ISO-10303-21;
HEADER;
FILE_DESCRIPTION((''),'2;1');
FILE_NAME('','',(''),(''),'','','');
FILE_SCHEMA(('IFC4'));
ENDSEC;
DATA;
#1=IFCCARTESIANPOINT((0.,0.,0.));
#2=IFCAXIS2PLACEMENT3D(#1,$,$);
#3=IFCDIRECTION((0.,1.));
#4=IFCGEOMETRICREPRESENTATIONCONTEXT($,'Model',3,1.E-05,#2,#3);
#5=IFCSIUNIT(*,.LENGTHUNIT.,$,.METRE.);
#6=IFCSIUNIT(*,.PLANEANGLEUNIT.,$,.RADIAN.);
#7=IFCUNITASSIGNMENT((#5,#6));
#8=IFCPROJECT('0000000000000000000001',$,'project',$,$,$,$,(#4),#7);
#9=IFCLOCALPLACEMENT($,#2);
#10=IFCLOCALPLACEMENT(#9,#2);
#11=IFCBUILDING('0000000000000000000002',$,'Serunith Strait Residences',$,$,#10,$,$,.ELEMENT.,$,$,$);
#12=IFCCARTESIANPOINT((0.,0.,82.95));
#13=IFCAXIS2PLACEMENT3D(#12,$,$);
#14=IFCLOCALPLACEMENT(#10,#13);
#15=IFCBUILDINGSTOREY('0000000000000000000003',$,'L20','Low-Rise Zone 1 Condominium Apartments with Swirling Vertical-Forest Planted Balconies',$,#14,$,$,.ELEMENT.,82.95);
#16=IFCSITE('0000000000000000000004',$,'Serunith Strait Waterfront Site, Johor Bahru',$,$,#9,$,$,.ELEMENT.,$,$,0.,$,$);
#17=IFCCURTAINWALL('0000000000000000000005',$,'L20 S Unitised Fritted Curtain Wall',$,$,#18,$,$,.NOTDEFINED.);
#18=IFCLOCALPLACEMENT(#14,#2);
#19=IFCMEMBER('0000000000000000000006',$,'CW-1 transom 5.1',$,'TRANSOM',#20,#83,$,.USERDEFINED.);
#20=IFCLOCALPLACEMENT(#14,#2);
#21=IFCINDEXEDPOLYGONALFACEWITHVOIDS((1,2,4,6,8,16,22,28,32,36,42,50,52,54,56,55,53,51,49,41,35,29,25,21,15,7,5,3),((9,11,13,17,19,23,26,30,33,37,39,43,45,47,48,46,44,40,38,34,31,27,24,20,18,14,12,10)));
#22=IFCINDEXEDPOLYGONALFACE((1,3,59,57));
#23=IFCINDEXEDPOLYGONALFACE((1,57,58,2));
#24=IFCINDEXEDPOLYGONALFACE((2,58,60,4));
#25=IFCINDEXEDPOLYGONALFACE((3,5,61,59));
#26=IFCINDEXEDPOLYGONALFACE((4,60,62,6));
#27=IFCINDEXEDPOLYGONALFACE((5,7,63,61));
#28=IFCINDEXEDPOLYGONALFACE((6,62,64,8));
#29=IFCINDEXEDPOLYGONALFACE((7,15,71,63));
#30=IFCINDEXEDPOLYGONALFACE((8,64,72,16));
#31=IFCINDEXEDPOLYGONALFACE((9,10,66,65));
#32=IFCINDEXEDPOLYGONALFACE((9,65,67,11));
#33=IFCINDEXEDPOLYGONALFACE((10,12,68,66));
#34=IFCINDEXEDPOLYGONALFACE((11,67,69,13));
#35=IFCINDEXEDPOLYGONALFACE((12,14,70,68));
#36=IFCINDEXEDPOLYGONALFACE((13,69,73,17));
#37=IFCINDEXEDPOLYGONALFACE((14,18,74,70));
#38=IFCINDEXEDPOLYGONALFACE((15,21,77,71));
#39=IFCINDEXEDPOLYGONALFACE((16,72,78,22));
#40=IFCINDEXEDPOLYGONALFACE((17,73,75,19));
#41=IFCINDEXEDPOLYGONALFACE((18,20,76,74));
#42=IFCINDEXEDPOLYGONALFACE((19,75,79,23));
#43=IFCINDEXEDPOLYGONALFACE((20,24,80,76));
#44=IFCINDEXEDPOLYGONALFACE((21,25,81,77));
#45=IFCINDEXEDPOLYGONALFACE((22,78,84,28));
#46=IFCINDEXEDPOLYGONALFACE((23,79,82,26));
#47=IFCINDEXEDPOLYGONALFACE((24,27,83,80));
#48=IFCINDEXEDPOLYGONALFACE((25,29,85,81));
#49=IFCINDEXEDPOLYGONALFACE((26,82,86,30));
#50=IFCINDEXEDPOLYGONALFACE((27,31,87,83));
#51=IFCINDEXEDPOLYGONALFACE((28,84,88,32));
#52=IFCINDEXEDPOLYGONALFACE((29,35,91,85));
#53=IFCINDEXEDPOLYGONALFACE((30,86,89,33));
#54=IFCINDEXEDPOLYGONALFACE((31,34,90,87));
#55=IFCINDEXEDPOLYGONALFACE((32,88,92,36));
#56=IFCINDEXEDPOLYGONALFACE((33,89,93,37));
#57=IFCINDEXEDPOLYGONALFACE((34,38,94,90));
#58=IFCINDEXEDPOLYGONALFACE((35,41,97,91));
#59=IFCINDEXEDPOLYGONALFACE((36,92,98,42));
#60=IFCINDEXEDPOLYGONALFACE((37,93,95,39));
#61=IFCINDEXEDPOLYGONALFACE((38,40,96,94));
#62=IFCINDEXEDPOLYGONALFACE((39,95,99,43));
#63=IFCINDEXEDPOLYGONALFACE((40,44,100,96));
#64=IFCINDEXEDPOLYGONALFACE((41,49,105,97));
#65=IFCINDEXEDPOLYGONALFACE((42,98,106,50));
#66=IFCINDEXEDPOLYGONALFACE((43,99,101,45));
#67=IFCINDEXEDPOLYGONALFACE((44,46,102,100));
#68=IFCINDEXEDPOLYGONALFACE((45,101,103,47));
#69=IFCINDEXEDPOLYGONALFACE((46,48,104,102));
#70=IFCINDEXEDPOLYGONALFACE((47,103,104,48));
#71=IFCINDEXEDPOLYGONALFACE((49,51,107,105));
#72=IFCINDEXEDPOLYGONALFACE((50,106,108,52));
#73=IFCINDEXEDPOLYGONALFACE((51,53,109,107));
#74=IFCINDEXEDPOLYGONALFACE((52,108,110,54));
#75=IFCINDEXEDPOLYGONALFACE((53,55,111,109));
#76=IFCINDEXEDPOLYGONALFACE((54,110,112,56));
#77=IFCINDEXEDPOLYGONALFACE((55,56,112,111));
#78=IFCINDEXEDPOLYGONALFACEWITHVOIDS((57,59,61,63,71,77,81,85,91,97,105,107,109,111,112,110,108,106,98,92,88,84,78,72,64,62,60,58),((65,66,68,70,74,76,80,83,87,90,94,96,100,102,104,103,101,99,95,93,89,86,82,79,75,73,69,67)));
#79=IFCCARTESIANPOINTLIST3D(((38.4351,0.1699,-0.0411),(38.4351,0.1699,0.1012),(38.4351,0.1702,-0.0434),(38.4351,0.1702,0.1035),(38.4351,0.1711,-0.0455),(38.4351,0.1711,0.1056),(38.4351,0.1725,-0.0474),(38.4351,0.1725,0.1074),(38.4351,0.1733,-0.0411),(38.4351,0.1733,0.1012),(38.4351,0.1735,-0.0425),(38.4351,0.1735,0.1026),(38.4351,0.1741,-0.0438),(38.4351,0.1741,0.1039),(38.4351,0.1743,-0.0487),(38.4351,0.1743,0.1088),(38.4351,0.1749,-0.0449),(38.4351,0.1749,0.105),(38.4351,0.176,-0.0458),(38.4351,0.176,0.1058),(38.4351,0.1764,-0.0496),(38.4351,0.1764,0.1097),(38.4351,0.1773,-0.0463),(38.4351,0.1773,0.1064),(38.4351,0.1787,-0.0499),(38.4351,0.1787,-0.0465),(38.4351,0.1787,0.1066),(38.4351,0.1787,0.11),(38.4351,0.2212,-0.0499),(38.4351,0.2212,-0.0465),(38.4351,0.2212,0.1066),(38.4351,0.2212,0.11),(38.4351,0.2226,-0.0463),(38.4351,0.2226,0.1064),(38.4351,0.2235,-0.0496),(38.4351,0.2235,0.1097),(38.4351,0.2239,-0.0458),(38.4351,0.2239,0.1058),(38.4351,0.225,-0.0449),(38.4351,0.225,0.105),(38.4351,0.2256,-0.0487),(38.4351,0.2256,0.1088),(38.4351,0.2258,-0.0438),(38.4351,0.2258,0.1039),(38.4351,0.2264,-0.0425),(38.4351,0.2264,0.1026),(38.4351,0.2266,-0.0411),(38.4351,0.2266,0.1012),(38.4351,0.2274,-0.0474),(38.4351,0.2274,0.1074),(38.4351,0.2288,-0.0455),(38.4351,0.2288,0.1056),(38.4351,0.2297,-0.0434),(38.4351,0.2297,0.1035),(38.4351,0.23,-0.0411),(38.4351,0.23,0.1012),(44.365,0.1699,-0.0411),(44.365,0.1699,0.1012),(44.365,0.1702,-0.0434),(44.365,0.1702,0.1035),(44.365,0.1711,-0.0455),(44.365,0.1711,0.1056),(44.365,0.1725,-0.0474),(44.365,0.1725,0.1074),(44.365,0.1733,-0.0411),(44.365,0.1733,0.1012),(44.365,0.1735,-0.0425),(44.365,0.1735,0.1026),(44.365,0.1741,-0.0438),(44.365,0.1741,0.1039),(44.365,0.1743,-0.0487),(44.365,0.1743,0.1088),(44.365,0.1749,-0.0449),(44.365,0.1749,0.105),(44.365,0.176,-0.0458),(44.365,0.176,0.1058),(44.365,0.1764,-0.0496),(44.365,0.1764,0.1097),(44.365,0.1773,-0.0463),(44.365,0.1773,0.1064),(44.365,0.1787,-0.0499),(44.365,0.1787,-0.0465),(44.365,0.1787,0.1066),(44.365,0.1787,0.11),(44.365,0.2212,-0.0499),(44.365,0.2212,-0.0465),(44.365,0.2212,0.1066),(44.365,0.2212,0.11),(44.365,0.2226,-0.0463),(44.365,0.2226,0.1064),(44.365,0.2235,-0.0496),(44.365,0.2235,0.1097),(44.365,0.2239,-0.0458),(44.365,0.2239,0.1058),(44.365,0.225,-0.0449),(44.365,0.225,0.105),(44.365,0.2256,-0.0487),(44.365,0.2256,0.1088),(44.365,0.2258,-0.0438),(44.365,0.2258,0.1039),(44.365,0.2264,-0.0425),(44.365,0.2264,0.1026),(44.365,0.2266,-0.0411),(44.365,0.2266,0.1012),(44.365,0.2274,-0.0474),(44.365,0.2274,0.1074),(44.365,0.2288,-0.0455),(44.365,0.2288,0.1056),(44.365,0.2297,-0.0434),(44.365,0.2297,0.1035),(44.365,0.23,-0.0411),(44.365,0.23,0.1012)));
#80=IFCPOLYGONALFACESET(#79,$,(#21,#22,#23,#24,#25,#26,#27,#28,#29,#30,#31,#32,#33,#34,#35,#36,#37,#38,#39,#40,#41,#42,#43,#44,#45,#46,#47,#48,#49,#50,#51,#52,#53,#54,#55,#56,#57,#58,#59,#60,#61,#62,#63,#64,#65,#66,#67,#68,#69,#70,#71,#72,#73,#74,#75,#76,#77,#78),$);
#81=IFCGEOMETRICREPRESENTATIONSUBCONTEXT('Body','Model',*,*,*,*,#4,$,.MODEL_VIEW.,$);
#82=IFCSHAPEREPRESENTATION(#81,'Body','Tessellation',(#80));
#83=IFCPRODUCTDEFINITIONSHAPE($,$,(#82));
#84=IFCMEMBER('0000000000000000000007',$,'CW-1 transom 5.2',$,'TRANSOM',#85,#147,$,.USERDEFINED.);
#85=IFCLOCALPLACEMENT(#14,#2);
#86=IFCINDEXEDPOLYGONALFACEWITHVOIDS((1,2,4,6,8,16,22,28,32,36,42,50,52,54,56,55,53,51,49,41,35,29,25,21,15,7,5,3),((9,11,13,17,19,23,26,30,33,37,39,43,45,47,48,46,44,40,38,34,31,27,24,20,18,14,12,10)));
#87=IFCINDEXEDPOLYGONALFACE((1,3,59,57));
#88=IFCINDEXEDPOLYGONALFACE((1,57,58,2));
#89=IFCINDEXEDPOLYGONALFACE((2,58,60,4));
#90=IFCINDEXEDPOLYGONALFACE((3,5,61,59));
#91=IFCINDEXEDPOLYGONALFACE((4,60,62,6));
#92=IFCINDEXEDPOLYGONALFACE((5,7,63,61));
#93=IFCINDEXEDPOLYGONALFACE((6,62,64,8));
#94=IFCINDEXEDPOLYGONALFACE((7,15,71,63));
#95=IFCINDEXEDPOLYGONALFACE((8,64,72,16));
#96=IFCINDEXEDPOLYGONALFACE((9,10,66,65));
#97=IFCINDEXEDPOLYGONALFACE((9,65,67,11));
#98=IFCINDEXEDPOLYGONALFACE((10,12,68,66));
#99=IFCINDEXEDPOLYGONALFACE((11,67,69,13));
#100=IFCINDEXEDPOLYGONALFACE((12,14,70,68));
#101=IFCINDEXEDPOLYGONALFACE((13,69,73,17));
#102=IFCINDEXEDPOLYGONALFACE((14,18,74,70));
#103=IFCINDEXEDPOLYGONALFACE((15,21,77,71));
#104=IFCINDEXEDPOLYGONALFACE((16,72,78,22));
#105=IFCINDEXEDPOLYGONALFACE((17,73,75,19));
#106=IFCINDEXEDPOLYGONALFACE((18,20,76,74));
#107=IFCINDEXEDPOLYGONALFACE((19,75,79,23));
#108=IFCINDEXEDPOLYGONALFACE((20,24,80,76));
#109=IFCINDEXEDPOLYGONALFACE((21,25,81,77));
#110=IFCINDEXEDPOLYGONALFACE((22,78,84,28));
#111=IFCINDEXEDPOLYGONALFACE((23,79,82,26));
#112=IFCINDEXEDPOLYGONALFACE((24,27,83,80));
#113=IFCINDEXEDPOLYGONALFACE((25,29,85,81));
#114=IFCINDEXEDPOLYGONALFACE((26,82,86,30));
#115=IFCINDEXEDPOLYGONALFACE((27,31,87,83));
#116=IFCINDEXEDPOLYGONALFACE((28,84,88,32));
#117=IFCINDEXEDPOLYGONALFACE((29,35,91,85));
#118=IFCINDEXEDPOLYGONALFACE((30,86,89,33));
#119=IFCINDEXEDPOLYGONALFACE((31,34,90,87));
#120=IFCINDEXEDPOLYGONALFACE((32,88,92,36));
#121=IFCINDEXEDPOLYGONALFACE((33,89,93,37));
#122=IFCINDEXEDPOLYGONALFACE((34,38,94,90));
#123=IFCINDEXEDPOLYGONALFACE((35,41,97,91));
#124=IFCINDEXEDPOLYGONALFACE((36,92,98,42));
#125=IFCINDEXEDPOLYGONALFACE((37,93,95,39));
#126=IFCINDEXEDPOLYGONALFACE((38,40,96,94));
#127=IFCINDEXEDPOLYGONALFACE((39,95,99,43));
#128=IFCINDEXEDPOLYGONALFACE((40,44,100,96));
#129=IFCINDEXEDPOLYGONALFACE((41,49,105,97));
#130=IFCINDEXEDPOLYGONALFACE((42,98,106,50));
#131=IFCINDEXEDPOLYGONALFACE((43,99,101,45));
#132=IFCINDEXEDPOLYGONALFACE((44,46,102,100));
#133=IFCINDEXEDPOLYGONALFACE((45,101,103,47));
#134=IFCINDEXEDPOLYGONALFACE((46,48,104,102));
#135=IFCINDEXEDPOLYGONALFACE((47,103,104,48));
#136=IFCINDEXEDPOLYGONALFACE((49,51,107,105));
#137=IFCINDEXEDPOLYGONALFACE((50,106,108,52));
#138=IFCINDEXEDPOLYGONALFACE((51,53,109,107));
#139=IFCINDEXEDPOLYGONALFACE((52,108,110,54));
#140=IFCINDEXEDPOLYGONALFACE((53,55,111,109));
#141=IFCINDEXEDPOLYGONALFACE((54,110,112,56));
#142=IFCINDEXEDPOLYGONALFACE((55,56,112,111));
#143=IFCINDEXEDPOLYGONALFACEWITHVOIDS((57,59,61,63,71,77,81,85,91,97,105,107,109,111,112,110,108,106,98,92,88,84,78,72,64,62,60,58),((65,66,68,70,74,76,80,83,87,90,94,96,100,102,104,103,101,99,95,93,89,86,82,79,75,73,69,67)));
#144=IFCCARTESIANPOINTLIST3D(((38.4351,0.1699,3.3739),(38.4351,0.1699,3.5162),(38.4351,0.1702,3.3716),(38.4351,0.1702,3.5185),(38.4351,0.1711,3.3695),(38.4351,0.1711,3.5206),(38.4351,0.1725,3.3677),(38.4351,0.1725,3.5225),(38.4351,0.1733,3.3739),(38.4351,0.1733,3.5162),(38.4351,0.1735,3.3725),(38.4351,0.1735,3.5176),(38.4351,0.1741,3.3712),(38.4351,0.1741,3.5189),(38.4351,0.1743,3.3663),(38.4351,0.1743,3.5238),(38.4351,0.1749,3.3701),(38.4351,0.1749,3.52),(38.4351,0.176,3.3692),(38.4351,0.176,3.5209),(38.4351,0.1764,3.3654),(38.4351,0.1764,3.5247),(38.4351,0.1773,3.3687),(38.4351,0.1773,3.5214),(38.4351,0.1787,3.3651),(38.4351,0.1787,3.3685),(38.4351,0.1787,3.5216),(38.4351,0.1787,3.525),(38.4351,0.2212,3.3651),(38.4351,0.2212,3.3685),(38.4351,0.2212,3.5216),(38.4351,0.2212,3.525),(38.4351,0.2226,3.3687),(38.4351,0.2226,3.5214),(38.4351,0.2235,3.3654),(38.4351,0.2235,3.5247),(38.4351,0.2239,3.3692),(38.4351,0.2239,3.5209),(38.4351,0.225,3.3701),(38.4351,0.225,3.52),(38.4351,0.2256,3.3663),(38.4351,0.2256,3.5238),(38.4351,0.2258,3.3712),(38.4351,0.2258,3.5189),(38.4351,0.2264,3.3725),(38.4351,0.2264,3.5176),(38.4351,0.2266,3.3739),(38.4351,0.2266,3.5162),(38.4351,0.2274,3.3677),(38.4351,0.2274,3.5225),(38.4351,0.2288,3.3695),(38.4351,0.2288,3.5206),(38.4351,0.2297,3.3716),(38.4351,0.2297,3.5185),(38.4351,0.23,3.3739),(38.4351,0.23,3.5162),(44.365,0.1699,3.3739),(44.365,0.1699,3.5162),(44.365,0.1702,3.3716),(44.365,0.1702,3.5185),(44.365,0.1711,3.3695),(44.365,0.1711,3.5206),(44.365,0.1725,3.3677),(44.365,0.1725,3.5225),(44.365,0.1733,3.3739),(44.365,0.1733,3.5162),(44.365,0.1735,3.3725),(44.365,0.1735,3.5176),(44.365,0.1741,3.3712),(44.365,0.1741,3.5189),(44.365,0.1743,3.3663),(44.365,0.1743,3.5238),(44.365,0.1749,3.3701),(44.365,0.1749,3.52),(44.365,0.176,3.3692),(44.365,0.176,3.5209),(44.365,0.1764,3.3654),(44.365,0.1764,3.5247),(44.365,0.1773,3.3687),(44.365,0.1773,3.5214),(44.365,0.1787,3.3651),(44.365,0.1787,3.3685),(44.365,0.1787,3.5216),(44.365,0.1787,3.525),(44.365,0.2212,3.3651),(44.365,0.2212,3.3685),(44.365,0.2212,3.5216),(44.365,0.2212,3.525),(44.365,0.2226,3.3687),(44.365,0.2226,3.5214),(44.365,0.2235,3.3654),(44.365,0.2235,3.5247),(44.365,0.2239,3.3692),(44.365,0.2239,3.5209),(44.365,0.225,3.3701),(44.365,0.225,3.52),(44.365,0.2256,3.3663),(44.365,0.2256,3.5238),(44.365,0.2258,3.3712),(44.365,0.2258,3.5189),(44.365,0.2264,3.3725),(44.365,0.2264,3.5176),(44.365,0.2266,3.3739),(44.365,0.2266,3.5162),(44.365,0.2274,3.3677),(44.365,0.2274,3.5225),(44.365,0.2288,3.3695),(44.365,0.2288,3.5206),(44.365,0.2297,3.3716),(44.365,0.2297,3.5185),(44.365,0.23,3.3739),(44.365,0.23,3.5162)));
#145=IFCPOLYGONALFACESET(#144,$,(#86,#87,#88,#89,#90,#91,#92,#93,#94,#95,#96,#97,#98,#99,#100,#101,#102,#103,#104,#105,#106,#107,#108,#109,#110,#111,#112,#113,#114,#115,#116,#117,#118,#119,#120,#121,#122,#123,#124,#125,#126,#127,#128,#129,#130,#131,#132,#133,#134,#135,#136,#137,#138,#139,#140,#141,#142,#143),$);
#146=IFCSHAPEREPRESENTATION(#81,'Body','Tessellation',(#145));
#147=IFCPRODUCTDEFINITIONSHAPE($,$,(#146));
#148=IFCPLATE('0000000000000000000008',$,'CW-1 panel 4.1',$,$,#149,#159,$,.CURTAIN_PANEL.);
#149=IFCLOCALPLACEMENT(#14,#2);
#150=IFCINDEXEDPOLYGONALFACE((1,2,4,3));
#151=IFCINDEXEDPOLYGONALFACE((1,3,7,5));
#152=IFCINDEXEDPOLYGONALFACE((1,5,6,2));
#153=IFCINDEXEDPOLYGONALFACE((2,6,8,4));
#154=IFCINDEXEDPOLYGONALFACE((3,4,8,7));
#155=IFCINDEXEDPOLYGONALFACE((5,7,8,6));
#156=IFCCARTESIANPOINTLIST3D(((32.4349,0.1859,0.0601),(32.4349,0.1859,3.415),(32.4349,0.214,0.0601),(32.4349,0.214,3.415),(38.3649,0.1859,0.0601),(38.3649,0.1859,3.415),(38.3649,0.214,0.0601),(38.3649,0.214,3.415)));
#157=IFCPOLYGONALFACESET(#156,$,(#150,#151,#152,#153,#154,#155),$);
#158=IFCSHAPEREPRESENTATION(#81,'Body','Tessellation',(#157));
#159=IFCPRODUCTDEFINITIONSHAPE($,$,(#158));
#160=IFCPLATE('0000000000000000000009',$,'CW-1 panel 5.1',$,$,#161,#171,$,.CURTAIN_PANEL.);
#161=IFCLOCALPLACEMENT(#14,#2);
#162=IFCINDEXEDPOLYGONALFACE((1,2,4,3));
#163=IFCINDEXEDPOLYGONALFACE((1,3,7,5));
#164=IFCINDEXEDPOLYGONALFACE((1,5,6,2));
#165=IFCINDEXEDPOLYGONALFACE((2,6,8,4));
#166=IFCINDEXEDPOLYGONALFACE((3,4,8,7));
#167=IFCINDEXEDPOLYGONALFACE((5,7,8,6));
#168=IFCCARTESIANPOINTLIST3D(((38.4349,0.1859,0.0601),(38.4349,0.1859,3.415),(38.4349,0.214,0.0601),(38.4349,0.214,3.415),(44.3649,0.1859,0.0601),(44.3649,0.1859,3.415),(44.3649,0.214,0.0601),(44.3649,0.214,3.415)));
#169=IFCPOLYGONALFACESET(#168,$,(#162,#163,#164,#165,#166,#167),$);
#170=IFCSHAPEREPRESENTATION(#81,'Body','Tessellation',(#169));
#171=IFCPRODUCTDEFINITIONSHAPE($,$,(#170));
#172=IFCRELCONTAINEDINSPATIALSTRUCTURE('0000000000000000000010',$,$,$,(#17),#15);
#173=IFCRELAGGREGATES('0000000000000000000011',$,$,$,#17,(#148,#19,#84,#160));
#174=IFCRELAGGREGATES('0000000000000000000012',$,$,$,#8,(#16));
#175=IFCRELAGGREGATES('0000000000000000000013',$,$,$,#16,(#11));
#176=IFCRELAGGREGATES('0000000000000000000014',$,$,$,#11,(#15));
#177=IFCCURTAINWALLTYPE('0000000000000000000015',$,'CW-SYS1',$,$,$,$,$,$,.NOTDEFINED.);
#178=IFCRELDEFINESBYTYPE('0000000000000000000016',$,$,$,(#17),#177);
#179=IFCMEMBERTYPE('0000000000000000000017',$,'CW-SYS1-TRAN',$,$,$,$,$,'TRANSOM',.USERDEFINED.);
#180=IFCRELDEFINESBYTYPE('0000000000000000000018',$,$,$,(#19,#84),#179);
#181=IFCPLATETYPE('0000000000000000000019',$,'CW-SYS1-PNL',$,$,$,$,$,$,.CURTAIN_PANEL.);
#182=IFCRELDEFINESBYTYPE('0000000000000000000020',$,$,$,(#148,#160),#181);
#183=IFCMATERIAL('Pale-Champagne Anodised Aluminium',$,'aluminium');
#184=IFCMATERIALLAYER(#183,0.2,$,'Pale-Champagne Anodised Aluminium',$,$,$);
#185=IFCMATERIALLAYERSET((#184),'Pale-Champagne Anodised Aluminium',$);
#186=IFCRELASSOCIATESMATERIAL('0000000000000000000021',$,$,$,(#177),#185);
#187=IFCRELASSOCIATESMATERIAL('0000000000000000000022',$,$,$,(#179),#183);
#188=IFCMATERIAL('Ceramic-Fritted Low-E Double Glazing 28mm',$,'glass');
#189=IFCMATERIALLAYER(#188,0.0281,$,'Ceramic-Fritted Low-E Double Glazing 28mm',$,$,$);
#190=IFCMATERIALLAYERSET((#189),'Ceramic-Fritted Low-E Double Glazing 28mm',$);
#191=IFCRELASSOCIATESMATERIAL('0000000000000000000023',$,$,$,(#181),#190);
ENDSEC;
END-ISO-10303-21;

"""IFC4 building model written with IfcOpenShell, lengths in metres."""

from ifc_helpers import new_model, si_unit, direction, frame, origin, origin_2d, place, context, subcontext, project, spatial, rectangle, hollow_rectangle, extrude, source, transform, mapped, material, layer, layer_set, material_profile, profile_set, type_object, element, aggregate, save


model = new_model("IFC4")

# Units and contexts
model_context = context("Model", 3, precision=1e-05, world=origin(), true_north=direction((0.0, 1.0)))
body_context = subcontext(model_context, "Body", "Model", "MODEL_VIEW")
ifc_project = project(units=[si_unit("LENGTHUNIT", "METRE"), si_unit("PLANEANGLEUNIT", "RADIAN")], contexts=[model_context])

# Site, building, storey
site_placement = place(None, origin())
site = spatial("IfcSite", under=ifc_project, at=site_placement, Name="Serunith Strait Waterfront Site, Johor Bahru", CompositionType="ELEMENT", RefElevation=0.0)
building_placement = place(site_placement, origin())
building = spatial("IfcBuilding", under=site, at=building_placement, Name="Serunith Strait Residences", CompositionType="ELEMENT")
storey_placement = place(building_placement, frame((0.0, 0.0, 82.95)))
storey = spatial("IfcBuildingStorey", under=building, at=storey_placement, Name="L20", Description="Low-Rise Zone 1 Condominium Apartments with Swirling Vertical-Forest Planted Balconies", CompositionType="ELEMENT", Elevation=82.95)

# Curtain wall, members, plates
ifc_material_1 = material(Name="Pale-Champagne Anodised Aluminium", Category="aluminium")
ifc_layer_1 = layer(ifc_material_1, 0.2, Name="Pale-Champagne Anodised Aluminium")
ifc_layer_set_1 = layer_set([ifc_layer_1], Name="Pale-Champagne Anodised Aluminium")
curtain_wall_type = type_object("IfcCurtainWallType", Name="CW-SYS1", PredefinedType="NOTDEFINED", material=ifc_layer_set_1)
curtain_wall_placement = place(storey_placement, origin())
curtain_wall = element("IfcCurtainWall", 1, at=curtain_wall_placement, inside=storey, type_object=curtain_wall_type, Name="L20 S Unitised Fritted Curtain Wall", PredefinedType="NOTDEFINED")
ifc_material_profile_1 = material_profile(ifc_material_1, hollow_rectangle(XDim=0.0601, YDim=0.1599, WallThickness=0.0034, InnerFilletRadius=0.0054, OuterFilletRadius=0.0088, at=origin_2d()), Name="ALU 160x60x3.5")
ifc_profile_set_1 = profile_set([ifc_material_profile_1], Name="Pale-Champagne Anodised Aluminium")
member_type_1 = type_object("IfcMemberType", Name="CW-SYS1-TRAN", ElementType="TRANSOM", PredefinedType="USERDEFINED", material=ifc_profile_set_1)
shared_shape_1 = source(origin(), body_context, "Body", "SweptSolid", [
    extrude(hollow_rectangle(XDim=0.0601, YDim=0.1599, WallThickness=0.0034, InnerFilletRadius=0.0054, OuterFilletRadius=0.0088, at=origin_2d()), origin(), (0.0, 0.0, 1.0), 5.9299),
])
member_1_placement = place(storey_placement, frame((38.4351, 0.2, 0.03), z_axis=(1.0, 0.0, 0.0), x_axis=(0.0, 1.0, 0.0)))
member_1 = element("IfcMember", 2, at=member_1_placement, type_object=member_type_1, Name="CW-1 transom 5.1", ObjectType="TRANSOM", PredefinedType="USERDEFINED", context=body_context, shape_type="MappedRepresentation", body=[
    mapped(shared_shape_1, transform((0.0, 0.0, 0.0), scale=1.0)),
])
member_2_placement = place(storey_placement, frame((38.4351, 0.2, 3.4451), z_axis=(1.0, 0.0, 0.0), x_axis=(0.0, 1.0, 0.0)))
member_2 = element("IfcMember", 3, at=member_2_placement, type_object=member_type_1, Name="CW-1 transom 5.2", ObjectType="TRANSOM", PredefinedType="USERDEFINED", context=body_context, shape_type="MappedRepresentation", body=[
    mapped(shared_shape_1, transform((0.0, 0.0, 0.0), scale=1.0)),
])
ifc_material_2 = material(Name="Ceramic-Fritted Low-E Double Glazing 28mm", Category="glass")
ifc_layer_2 = layer(ifc_material_2, 0.0281, Name="Ceramic-Fritted Low-E Double Glazing 28mm")
ifc_layer_set_2 = layer_set([ifc_layer_2], Name="Ceramic-Fritted Low-E Double Glazing 28mm")
plate_type = type_object("IfcPlateType", Name="CW-SYS1-PNL", PredefinedType="CURTAIN_PANEL", material=ifc_layer_set_2)
shared_shape_2 = source(origin(), body_context, "Body", "SweptSolid", [
    extrude(rectangle(XDim=5.9299, YDim=0.0281, at=origin_2d()), origin(), (0.0, 0.0, 1.0), 3.355),
])
plate_1_placement = place(storey_placement, frame((35.3999, 0.2, 0.0601), z_axis=(0.0, 0.0, 1.0), x_axis=(1.0, 0.0, 0.0)))
plate_1 = element("IfcPlate", 4, at=plate_1_placement, type_object=plate_type, Name="CW-1 panel 4.1", PredefinedType="CURTAIN_PANEL", context=body_context, shape_type="MappedRepresentation", body=[
    mapped(shared_shape_2, transform((0.0, 0.0, 0.0), scale=1.0)),
])
plate_2_placement = place(storey_placement, frame((41.3999, 0.2, 0.0601), z_axis=(0.0, 0.0, 1.0), x_axis=(1.0, 0.0, 0.0)))
plate_2 = element("IfcPlate", 5, at=plate_2_placement, type_object=plate_type, Name="CW-1 panel 5.1", PredefinedType="CURTAIN_PANEL", context=body_context, shape_type="MappedRepresentation", body=[
    mapped(shared_shape_2, transform((0.0, 0.0, 0.0), scale=1.0)),
])
aggregate(curtain_wall, [plate_1, member_1, member_2, plate_2])

save(model, "model.ifc")
